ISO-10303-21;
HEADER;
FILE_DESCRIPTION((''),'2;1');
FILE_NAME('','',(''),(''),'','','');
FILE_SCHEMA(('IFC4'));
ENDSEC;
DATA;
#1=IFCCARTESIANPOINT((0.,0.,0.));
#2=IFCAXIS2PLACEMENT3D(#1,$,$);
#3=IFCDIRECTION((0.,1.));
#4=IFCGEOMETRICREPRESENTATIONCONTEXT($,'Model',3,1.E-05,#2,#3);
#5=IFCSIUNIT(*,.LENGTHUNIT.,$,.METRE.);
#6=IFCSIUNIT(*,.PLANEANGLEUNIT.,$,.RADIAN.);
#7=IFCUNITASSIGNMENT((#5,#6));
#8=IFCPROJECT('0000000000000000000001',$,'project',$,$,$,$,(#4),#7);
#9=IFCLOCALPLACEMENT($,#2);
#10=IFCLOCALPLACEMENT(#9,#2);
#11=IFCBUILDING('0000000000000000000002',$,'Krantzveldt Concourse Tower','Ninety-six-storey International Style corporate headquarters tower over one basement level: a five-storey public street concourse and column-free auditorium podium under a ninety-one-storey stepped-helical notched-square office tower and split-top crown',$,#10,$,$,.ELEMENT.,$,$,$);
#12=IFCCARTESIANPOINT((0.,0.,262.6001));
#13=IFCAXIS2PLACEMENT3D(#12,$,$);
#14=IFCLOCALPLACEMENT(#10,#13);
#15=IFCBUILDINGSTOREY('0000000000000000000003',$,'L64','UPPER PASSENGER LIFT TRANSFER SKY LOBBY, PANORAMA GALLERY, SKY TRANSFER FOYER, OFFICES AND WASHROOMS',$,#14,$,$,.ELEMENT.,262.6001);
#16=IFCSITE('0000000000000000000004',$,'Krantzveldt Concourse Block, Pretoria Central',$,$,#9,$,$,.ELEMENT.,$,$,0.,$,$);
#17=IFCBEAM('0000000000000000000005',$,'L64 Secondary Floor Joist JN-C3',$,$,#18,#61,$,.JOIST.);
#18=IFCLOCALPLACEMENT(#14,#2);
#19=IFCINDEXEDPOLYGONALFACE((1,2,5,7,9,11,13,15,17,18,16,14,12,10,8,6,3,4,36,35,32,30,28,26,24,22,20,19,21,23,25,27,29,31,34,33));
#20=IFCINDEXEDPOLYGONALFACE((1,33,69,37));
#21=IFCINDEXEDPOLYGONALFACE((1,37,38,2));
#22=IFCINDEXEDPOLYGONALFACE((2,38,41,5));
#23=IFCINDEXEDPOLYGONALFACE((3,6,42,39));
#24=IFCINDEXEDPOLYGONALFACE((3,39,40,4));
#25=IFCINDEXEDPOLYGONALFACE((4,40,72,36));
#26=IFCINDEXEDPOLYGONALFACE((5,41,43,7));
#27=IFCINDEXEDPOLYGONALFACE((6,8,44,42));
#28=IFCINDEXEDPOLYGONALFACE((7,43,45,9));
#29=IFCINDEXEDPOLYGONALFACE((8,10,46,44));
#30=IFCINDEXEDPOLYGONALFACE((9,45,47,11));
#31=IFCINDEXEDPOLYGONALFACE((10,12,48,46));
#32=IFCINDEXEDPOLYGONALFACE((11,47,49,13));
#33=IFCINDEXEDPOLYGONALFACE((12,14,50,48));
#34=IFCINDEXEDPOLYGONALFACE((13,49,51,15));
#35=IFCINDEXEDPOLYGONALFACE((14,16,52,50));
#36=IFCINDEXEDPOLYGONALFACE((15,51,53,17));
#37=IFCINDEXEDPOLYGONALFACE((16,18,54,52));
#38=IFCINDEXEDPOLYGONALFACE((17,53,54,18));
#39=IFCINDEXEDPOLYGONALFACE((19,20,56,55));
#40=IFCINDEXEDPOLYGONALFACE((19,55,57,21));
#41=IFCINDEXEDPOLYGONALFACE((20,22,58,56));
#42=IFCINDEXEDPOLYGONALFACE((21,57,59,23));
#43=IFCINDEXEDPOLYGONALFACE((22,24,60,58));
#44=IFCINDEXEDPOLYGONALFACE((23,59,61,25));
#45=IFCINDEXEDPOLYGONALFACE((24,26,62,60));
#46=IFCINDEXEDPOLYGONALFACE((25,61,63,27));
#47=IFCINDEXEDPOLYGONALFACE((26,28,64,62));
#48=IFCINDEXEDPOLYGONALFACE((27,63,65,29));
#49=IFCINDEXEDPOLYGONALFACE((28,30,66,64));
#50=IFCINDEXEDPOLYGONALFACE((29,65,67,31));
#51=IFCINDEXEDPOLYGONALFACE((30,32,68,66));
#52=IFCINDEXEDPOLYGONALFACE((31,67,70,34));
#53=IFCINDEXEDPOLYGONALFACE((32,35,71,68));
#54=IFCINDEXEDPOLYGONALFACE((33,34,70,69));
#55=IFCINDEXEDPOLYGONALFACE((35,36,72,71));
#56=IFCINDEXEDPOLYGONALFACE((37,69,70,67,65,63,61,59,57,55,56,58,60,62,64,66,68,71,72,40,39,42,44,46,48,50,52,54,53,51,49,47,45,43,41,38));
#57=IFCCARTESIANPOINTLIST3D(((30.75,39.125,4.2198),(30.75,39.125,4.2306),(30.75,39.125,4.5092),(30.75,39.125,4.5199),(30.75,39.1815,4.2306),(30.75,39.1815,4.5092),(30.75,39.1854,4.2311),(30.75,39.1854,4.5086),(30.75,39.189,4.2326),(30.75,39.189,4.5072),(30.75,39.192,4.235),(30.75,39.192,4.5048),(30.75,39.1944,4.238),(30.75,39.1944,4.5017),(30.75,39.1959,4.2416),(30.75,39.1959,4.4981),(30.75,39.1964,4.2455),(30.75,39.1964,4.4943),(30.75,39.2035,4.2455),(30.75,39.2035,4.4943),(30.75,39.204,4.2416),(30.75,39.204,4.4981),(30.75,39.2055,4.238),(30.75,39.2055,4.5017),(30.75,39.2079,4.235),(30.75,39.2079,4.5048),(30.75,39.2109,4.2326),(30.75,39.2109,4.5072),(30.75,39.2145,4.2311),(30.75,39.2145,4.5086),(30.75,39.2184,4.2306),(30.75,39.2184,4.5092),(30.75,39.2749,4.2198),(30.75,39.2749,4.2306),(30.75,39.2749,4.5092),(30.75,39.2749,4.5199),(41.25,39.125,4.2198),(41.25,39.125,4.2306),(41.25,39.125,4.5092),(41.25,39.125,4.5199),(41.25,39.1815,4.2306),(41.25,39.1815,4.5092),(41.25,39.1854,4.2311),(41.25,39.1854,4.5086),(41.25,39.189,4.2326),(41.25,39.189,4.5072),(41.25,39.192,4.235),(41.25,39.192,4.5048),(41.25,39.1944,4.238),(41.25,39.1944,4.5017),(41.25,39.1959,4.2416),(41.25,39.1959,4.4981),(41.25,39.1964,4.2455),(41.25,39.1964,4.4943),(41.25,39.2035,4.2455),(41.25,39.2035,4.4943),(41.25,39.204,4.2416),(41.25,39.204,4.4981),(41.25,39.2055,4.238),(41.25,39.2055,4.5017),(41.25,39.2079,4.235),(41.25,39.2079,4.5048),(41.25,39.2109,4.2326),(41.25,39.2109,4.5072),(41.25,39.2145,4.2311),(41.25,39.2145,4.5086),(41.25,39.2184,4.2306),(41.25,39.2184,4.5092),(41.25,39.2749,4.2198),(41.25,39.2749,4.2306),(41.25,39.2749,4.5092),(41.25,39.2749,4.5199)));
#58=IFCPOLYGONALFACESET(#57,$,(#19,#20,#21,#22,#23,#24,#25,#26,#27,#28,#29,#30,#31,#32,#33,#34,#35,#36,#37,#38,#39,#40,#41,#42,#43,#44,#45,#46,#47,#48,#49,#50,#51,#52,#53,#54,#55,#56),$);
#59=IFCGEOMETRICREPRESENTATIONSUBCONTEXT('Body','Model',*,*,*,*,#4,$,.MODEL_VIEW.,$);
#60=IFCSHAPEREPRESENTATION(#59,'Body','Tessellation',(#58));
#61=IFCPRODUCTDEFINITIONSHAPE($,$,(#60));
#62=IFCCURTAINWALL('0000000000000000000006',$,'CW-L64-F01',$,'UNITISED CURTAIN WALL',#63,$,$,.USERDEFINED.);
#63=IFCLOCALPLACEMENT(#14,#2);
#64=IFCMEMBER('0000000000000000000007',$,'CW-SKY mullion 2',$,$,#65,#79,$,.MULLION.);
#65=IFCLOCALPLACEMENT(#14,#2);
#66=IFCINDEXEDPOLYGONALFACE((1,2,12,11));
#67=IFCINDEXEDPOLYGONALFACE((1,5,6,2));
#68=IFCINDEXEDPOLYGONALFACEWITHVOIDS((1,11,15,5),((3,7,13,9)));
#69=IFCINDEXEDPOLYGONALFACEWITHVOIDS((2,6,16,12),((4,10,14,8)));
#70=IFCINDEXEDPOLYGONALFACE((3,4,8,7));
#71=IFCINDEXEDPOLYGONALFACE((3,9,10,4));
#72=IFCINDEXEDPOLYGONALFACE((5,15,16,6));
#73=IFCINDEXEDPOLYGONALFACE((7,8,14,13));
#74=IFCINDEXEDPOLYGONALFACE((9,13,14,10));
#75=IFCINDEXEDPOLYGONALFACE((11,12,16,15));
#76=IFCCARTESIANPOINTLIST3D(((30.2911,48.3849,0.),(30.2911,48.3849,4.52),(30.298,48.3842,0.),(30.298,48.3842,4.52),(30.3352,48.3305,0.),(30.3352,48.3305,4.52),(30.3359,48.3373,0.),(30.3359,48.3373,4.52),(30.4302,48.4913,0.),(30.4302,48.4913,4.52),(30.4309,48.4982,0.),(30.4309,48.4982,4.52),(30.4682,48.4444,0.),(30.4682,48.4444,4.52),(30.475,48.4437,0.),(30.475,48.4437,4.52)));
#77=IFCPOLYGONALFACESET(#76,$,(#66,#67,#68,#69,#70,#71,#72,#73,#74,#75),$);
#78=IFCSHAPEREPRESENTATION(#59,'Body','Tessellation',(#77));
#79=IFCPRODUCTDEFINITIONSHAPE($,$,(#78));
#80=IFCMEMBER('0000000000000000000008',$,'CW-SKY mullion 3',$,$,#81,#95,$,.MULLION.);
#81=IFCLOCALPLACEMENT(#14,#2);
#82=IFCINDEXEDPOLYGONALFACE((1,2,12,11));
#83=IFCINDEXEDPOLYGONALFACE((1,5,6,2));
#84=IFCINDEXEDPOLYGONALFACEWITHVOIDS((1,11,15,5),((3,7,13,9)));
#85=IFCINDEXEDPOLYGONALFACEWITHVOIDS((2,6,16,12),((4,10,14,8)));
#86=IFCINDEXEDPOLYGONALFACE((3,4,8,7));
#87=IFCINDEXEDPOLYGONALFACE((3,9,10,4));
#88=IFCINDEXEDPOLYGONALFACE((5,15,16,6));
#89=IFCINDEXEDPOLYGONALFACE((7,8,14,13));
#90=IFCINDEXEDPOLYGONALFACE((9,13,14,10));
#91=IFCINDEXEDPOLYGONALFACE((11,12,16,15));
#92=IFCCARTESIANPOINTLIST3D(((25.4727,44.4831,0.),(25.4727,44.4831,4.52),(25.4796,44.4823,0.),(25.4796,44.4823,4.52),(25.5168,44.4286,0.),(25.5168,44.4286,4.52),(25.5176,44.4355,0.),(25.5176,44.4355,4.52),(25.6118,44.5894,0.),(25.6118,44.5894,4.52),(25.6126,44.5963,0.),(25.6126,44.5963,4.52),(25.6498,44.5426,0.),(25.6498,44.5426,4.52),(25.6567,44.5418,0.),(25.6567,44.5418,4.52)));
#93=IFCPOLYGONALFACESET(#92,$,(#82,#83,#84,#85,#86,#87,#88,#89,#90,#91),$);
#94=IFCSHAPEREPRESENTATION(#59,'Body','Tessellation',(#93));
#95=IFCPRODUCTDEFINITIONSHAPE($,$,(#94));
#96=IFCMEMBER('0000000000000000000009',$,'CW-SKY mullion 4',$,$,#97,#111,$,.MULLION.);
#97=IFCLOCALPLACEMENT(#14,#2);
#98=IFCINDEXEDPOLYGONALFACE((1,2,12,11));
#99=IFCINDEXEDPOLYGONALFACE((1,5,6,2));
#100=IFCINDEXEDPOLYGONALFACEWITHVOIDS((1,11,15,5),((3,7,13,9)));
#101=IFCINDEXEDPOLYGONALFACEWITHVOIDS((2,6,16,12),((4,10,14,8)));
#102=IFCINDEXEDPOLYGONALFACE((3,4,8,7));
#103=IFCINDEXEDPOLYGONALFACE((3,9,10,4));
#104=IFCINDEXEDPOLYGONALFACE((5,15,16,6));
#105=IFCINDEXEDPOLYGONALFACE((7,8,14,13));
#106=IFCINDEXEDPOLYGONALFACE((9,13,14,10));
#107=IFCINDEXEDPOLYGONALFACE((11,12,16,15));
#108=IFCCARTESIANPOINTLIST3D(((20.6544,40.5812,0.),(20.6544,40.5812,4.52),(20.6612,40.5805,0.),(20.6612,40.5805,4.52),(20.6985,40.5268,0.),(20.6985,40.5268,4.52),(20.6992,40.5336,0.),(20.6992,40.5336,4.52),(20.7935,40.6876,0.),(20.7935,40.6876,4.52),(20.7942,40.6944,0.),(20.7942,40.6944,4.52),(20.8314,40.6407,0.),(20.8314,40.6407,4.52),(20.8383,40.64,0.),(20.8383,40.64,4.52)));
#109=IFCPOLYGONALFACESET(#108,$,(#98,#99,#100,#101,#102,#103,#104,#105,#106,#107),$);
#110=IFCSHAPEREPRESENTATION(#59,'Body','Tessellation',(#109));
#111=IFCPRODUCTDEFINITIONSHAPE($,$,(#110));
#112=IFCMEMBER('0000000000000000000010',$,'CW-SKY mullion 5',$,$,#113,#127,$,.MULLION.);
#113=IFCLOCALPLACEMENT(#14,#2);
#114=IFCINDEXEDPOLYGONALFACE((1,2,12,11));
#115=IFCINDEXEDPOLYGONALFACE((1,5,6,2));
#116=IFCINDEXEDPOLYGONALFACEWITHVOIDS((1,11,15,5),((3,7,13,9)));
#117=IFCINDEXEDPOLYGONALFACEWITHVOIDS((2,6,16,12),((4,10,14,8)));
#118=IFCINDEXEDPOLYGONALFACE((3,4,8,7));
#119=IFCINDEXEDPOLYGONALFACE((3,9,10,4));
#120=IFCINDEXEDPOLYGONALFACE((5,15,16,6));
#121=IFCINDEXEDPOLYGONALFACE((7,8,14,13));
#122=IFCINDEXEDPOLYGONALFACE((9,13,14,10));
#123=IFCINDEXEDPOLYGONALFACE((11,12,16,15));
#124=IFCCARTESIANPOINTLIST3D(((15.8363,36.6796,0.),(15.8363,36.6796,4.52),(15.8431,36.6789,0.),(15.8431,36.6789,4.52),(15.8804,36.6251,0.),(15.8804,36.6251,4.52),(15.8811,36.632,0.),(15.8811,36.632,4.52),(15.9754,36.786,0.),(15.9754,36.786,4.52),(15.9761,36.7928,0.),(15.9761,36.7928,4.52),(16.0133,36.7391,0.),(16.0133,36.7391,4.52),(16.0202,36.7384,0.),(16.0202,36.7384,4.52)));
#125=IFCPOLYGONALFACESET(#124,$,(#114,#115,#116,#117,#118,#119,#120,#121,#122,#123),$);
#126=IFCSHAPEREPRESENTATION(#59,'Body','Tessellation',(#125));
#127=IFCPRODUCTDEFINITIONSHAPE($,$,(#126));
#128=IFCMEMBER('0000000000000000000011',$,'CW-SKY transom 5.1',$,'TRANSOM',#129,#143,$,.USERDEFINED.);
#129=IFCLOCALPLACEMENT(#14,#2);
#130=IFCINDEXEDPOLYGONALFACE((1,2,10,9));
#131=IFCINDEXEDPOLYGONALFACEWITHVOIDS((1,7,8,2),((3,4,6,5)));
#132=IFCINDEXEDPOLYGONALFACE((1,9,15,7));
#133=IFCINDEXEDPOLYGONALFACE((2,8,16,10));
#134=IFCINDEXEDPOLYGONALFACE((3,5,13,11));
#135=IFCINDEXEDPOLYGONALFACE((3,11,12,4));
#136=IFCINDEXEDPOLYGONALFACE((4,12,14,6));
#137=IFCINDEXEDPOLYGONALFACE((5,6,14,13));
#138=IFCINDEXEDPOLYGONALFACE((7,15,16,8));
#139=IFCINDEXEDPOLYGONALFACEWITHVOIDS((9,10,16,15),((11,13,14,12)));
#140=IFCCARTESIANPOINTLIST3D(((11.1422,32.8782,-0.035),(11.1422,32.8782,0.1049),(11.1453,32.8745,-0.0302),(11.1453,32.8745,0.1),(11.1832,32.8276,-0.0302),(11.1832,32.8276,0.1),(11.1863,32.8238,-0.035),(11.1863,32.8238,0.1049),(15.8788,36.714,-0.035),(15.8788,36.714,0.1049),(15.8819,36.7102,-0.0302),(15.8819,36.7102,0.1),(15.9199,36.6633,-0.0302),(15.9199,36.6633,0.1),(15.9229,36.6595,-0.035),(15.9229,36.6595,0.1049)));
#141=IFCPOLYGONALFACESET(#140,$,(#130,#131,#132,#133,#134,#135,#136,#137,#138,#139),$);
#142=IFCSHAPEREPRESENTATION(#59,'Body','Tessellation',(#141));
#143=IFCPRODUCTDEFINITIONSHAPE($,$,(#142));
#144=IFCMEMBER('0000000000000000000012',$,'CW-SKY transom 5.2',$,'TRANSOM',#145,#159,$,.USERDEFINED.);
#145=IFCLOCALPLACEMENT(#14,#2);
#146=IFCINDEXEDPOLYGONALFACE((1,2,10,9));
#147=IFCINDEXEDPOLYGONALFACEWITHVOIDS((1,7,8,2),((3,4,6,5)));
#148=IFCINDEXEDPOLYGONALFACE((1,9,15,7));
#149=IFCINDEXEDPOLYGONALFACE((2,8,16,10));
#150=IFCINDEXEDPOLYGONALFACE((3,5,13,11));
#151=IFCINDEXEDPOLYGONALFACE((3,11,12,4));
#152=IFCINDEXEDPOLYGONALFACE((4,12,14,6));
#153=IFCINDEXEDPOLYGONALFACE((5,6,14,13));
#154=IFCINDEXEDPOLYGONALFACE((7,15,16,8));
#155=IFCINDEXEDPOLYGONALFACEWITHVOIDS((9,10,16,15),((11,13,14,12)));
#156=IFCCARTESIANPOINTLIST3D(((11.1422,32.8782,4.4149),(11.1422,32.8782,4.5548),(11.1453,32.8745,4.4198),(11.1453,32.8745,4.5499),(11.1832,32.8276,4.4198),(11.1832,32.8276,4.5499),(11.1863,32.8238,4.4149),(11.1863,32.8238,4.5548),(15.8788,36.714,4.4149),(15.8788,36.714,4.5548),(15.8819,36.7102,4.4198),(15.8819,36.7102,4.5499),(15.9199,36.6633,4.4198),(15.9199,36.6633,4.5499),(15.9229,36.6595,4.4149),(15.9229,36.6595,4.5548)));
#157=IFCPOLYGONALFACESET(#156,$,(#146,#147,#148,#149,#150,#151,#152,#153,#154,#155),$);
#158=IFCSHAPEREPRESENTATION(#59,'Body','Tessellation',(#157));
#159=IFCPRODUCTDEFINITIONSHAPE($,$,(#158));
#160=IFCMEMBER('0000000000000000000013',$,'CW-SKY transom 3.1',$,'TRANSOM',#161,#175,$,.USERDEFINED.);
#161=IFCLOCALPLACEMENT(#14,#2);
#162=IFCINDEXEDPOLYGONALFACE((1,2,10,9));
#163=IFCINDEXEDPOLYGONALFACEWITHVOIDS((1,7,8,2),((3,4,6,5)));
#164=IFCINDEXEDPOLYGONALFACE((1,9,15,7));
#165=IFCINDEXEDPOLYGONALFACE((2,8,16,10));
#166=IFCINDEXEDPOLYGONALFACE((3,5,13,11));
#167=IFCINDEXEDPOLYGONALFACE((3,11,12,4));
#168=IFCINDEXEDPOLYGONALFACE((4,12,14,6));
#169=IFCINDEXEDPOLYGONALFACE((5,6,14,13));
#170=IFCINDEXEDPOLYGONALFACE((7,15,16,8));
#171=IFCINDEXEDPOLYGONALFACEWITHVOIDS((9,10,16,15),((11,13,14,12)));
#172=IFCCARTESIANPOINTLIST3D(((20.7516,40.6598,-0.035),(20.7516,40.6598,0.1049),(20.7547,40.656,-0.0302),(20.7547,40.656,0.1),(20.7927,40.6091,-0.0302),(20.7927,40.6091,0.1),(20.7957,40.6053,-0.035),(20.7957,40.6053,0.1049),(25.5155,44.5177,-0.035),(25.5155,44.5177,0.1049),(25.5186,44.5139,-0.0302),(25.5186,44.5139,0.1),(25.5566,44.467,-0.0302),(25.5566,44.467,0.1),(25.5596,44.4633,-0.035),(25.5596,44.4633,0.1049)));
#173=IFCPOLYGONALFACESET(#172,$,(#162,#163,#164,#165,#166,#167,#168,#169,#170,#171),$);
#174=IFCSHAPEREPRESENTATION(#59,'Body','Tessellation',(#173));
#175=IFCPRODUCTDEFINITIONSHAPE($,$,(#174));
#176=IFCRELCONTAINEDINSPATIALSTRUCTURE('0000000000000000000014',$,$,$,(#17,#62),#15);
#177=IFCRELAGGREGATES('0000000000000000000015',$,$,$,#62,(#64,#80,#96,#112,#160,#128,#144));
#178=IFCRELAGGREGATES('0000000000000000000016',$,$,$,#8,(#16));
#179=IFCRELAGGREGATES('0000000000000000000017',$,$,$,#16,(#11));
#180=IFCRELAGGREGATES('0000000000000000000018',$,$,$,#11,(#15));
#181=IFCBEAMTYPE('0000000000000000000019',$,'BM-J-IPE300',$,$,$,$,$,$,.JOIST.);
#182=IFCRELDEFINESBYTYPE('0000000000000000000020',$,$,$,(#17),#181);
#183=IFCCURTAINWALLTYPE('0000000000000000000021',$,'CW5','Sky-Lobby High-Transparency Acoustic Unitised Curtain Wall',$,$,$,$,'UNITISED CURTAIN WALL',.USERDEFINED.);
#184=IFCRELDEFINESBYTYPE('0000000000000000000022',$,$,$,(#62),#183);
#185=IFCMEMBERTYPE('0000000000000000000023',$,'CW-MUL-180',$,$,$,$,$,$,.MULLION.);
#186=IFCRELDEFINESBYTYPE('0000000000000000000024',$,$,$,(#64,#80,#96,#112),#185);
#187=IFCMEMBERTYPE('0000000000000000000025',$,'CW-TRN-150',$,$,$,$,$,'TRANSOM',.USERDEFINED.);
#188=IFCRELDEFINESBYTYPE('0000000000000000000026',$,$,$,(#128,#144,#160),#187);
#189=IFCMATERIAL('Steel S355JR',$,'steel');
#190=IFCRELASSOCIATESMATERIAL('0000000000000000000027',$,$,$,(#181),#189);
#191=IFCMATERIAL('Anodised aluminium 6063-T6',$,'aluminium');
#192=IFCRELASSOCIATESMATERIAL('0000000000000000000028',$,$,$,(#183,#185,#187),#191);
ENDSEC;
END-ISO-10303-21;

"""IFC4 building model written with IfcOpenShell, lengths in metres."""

from ifc_helpers import new_model, si_unit, direction, frame, origin, origin_2d, place, context, subcontext, project, spatial, hollow_rectangle, i_section, extrude, source, transform, mapped, material, material_profile, profile_set, type_object, type_shapes, element, aggregate, save


model = new_model("IFC4")

# Units and contexts
model_context = context("Model", 3, precision=1e-05, world=origin(), true_north=direction((0.0, 1.0)))
body_context = subcontext(model_context, "Body", "Model", "MODEL_VIEW")
ifc_project = project(units=[si_unit("LENGTHUNIT", "METRE"), si_unit("PLANEANGLEUNIT", "RADIAN")], contexts=[model_context])

# Site, building, storey
site_placement = place(None, origin())
site = spatial("IfcSite", under=ifc_project, at=site_placement, Name="Krantzveldt Concourse Block, Pretoria Central", CompositionType="ELEMENT", RefElevation=0.0)
building_placement = place(site_placement, origin())
building = spatial("IfcBuilding", under=site, at=building_placement, Name="Krantzveldt Concourse Tower", Description="Ninety-six-storey International Style corporate headquarters tower over one basement level: a five-storey public street concourse and column-free auditorium podium under a ninety-one-storey stepped-helical notched-square office tower and split-top crown", CompositionType="ELEMENT")
storey_placement = place(building_placement, frame((0.0, 0.0, 262.6001)))
storey = spatial("IfcBuildingStorey", under=building, at=storey_placement, Name="L64", Description="UPPER PASSENGER LIFT TRANSFER SKY LOBBY, PANORAMA GALLERY, SKY TRANSFER FOYER, OFFICES AND WASHROOMS", CompositionType="ELEMENT", Elevation=262.6001)

# Beam
ifc_material_1 = material(Name="Steel S355JR", Category="steel")
ifc_material_profile_1 = material_profile(ifc_material_1, i_section(OverallWidth=0.1499, OverallDepth=0.3, WebThickness=0.0071, FlangeThickness=0.0107, FilletRadius=0.0149, at=origin_2d()), Name="Steel S355JR", Category="steel")
ifc_profile_set_1 = profile_set([ifc_material_profile_1], Name="Steel S355JR - IPE 300")
beam_type_1 = type_object("IfcBeamType", Name="BM-J-IPE300", PredefinedType="JOIST", material=ifc_profile_set_1)
shared_shape_1 = source(origin(), body_context, "Body", "SweptSolid", [
    extrude(i_section(OverallWidth=0.1499, OverallDepth=0.3, WebThickness=0.0071, FlangeThickness=0.0107, FilletRadius=0.0149, at=origin_2d()), origin(), (0.0, 0.0, 1.0), 10.5),
])
type_shapes(beam_type_1, [shared_shape_1])
beam_1_placement = place(storey_placement, frame((30.75, 39.2, 4.3699), z_axis=(1.0, 0.0, 0.0), x_axis=(0.0, 1.0, 0.0)))
element("IfcBeam", 1, at=beam_1_placement, inside=storey, type_object=beam_type_1, Name="L64 Secondary Floor Joist JN-C3", PredefinedType="JOIST", context=body_context, shape_type="MappedRepresentation", body=[
    mapped(shared_shape_1, transform((0.0, 0.0, 0.0), x_axis=(1.0, 0.0, 0.0), y_axis=(0.0, 1.0, 0.0), z_axis=(0.0, 0.0, 1.0), scale=1.0)),
])

# Curtain wall, members
ifc_material_2 = material(Name="Anodised aluminium 6063-T6", Category="aluminium")
curtain_wall_type = type_object("IfcCurtainWallType", Name="CW5", Description="Sky-Lobby High-Transparency Acoustic Unitised Curtain Wall", ElementType="UNITISED CURTAIN WALL", PredefinedType="USERDEFINED", material=ifc_material_2)
curtain_wall_placement = place(storey_placement, origin())
curtain_wall = element("IfcCurtainWall", 2, at=curtain_wall_placement, inside=storey, type_object=curtain_wall_type, Name="CW-L64-F01", ObjectType="UNITISED CURTAIN WALL", PredefinedType="USERDEFINED")
ifc_material_profile_2 = material_profile(ifc_material_2, hollow_rectangle(XDim=0.0701, YDim=0.1799, WallThickness=0.0049, at=origin_2d()), Name="Anodised aluminium 6063-T6", Category="aluminium")
ifc_profile_set_2 = profile_set([ifc_material_profile_2], Name="Anodised aluminium 6063-T6 - ALU-MULL 180x70x5")
member_type_1 = type_object("IfcMemberType", Name="CW-MUL-180", PredefinedType="MULLION", material=ifc_profile_set_2)
shared_shape_2 = source(origin(), body_context, "Body", "SweptSolid", [
    extrude(hollow_rectangle(XDim=0.0701, YDim=0.1799, WallThickness=0.0049, at=origin_2d()), origin(), (0.0, 0.0, 1.0), 4.52),
])
type_shapes(member_type_1, [shared_shape_2])
member_1_placement = place(storey_placement, frame((30.3831, 48.4143, 0.0), z_axis=(0.0, 0.0, 1.0), x_axis=(0.62932, -0.777146, 0.0)))
member_1 = element("IfcMember", 3, at=member_1_placement, type_object=member_type_1, Name="CW-SKY mullion 2", PredefinedType="MULLION", context=body_context, shape_type="MappedRepresentation", body=[
    mapped(shared_shape_2, transform((0.0, 0.0, 0.0), x_axis=(1.0, 0.0, 0.0), y_axis=(0.0, 1.0, 0.0), z_axis=(0.0, 0.0, 1.0), scale=1.0)),
])
member_2_placement = place(storey_placement, frame((25.5647, 44.5125, 0.0), z_axis=(0.0, 0.0, 1.0), x_axis=(0.62932, -0.777146, 0.0)))
member_2 = element("IfcMember", 4, at=member_2_placement, type_object=member_type_1, Name="CW-SKY mullion 3", PredefinedType="MULLION", context=body_context, shape_type="MappedRepresentation", body=[
    mapped(shared_shape_2, transform((0.0, 0.0, 0.0), x_axis=(1.0, 0.0, 0.0), y_axis=(0.0, 1.0, 0.0), z_axis=(0.0, 0.0, 1.0), scale=1.0)),
])
member_3_placement = place(storey_placement, frame((20.7463, 40.6106, 0.0), z_axis=(0.0, 0.0, 1.0), x_axis=(0.62932, -0.777146, 0.0)))
member_3 = element("IfcMember", 5, at=member_3_placement, type_object=member_type_1, Name="CW-SKY mullion 4", PredefinedType="MULLION", context=body_context, shape_type="MappedRepresentation", body=[
    mapped(shared_shape_2, transform((0.0, 0.0, 0.0), x_axis=(1.0, 0.0, 0.0), y_axis=(0.0, 1.0, 0.0), z_axis=(0.0, 0.0, 1.0), scale=1.0)),
])
member_4_placement = place(storey_placement, frame((15.9282, 36.709, 0.0), z_axis=(0.0, 0.0, 1.0), x_axis=(0.62932, -0.777146, 0.0)))
member_4 = element("IfcMember", 6, at=member_4_placement, type_object=member_type_1, Name="CW-SKY mullion 5", PredefinedType="MULLION", context=body_context, shape_type="MappedRepresentation", body=[
    mapped(shared_shape_2, transform((0.0, 0.0, 0.0), x_axis=(1.0, 0.0, 0.0), y_axis=(0.0, 1.0, 0.0), z_axis=(0.0, 0.0, 1.0), scale=1.0)),
])
ifc_material_profile_3 = material_profile(ifc_material_2, hollow_rectangle(XDim=0.0701, YDim=0.1399, WallThickness=0.0049, at=origin_2d()), Name="Anodised aluminium 6063-T6", Category="aluminium")
ifc_profile_set_3 = profile_set([ifc_material_profile_3], Name="Anodised aluminium 6063-T6 - ALU-TRAN 140x70x5")
member_type_2 = type_object("IfcMemberType", Name="CW-TRN-150", ElementType="TRANSOM", PredefinedType="USERDEFINED", material=ifc_profile_set_3)
shared_shape_3 = source(origin(), body_context, "Body", "SweptSolid", [
    extrude(hollow_rectangle(XDim=0.0701, YDim=0.1399, WallThickness=0.0049, at=origin_2d()), origin(), (0.0, 0.0, 1.0), 6.095),
])
member_5_placement = place(storey_placement, frame((15.9009, 36.6868, 0.0349), z_axis=(-0.777139, -0.62933, 0.0), x_axis=(0.62933, -0.777139, 0.0)))
member_5 = element("IfcMember", 7, at=member_5_placement, type_object=member_type_2, Name="CW-SKY transom 5.1", ObjectType="TRANSOM", PredefinedType="USERDEFINED", context=body_context, shape_type="MappedRepresentation", body=[
    mapped(shared_shape_3, transform((0.0, 0.0, 0.0), x_axis=(1.0, 0.0, 0.0), y_axis=(0.0, 1.0, 0.0), z_axis=(0.0, 0.0, 1.0), scale=1.0)),
])
member_6_placement = place(storey_placement, frame((15.9009, 36.6868, 4.4849), z_axis=(-0.777139, -0.62933, 0.0), x_axis=(0.62933, -0.777139, 0.0)))
member_6 = element("IfcMember", 8, at=member_6_placement, type_object=member_type_2, Name="CW-SKY transom 5.2", ObjectType="TRANSOM", PredefinedType="USERDEFINED", context=body_context, shape_type="MappedRepresentation", body=[
    mapped(shared_shape_3, transform((0.0, 0.0, 0.0), x_axis=(1.0, 0.0, 0.0), y_axis=(0.0, 1.0, 0.0), z_axis=(0.0, 0.0, 1.0), scale=1.0)),
])
shared_shape_4 = source(origin(), body_context, "Body", "SweptSolid", [
    extrude(hollow_rectangle(XDim=0.0701, YDim=0.1399, WallThickness=0.0049, at=origin_2d()), origin(), (0.0, 0.0, 1.0), 6.1301),
])
member_7_placement = place(storey_placement, frame((25.5376, 44.4905, 0.0349), z_axis=(-0.777133, -0.629337, 0.0), x_axis=(0.629337, -0.777133, 0.0)))
member_7 = element("IfcMember", 9, at=member_7_placement, type_object=member_type_2, Name="CW-SKY transom 3.1", ObjectType="TRANSOM", PredefinedType="USERDEFINED", context=body_context, shape_type="MappedRepresentation", body=[
    mapped(shared_shape_4, transform((0.0, 0.0, 0.0), x_axis=(1.0, 0.0, 0.0), y_axis=(0.0, 1.0, 0.0), z_axis=(0.0, 0.0, 1.0), scale=1.0)),
])
aggregate(curtain_wall, [member_1, member_2, member_3, member_4, member_7, member_5, member_6])

save(model, "model.ifc")
